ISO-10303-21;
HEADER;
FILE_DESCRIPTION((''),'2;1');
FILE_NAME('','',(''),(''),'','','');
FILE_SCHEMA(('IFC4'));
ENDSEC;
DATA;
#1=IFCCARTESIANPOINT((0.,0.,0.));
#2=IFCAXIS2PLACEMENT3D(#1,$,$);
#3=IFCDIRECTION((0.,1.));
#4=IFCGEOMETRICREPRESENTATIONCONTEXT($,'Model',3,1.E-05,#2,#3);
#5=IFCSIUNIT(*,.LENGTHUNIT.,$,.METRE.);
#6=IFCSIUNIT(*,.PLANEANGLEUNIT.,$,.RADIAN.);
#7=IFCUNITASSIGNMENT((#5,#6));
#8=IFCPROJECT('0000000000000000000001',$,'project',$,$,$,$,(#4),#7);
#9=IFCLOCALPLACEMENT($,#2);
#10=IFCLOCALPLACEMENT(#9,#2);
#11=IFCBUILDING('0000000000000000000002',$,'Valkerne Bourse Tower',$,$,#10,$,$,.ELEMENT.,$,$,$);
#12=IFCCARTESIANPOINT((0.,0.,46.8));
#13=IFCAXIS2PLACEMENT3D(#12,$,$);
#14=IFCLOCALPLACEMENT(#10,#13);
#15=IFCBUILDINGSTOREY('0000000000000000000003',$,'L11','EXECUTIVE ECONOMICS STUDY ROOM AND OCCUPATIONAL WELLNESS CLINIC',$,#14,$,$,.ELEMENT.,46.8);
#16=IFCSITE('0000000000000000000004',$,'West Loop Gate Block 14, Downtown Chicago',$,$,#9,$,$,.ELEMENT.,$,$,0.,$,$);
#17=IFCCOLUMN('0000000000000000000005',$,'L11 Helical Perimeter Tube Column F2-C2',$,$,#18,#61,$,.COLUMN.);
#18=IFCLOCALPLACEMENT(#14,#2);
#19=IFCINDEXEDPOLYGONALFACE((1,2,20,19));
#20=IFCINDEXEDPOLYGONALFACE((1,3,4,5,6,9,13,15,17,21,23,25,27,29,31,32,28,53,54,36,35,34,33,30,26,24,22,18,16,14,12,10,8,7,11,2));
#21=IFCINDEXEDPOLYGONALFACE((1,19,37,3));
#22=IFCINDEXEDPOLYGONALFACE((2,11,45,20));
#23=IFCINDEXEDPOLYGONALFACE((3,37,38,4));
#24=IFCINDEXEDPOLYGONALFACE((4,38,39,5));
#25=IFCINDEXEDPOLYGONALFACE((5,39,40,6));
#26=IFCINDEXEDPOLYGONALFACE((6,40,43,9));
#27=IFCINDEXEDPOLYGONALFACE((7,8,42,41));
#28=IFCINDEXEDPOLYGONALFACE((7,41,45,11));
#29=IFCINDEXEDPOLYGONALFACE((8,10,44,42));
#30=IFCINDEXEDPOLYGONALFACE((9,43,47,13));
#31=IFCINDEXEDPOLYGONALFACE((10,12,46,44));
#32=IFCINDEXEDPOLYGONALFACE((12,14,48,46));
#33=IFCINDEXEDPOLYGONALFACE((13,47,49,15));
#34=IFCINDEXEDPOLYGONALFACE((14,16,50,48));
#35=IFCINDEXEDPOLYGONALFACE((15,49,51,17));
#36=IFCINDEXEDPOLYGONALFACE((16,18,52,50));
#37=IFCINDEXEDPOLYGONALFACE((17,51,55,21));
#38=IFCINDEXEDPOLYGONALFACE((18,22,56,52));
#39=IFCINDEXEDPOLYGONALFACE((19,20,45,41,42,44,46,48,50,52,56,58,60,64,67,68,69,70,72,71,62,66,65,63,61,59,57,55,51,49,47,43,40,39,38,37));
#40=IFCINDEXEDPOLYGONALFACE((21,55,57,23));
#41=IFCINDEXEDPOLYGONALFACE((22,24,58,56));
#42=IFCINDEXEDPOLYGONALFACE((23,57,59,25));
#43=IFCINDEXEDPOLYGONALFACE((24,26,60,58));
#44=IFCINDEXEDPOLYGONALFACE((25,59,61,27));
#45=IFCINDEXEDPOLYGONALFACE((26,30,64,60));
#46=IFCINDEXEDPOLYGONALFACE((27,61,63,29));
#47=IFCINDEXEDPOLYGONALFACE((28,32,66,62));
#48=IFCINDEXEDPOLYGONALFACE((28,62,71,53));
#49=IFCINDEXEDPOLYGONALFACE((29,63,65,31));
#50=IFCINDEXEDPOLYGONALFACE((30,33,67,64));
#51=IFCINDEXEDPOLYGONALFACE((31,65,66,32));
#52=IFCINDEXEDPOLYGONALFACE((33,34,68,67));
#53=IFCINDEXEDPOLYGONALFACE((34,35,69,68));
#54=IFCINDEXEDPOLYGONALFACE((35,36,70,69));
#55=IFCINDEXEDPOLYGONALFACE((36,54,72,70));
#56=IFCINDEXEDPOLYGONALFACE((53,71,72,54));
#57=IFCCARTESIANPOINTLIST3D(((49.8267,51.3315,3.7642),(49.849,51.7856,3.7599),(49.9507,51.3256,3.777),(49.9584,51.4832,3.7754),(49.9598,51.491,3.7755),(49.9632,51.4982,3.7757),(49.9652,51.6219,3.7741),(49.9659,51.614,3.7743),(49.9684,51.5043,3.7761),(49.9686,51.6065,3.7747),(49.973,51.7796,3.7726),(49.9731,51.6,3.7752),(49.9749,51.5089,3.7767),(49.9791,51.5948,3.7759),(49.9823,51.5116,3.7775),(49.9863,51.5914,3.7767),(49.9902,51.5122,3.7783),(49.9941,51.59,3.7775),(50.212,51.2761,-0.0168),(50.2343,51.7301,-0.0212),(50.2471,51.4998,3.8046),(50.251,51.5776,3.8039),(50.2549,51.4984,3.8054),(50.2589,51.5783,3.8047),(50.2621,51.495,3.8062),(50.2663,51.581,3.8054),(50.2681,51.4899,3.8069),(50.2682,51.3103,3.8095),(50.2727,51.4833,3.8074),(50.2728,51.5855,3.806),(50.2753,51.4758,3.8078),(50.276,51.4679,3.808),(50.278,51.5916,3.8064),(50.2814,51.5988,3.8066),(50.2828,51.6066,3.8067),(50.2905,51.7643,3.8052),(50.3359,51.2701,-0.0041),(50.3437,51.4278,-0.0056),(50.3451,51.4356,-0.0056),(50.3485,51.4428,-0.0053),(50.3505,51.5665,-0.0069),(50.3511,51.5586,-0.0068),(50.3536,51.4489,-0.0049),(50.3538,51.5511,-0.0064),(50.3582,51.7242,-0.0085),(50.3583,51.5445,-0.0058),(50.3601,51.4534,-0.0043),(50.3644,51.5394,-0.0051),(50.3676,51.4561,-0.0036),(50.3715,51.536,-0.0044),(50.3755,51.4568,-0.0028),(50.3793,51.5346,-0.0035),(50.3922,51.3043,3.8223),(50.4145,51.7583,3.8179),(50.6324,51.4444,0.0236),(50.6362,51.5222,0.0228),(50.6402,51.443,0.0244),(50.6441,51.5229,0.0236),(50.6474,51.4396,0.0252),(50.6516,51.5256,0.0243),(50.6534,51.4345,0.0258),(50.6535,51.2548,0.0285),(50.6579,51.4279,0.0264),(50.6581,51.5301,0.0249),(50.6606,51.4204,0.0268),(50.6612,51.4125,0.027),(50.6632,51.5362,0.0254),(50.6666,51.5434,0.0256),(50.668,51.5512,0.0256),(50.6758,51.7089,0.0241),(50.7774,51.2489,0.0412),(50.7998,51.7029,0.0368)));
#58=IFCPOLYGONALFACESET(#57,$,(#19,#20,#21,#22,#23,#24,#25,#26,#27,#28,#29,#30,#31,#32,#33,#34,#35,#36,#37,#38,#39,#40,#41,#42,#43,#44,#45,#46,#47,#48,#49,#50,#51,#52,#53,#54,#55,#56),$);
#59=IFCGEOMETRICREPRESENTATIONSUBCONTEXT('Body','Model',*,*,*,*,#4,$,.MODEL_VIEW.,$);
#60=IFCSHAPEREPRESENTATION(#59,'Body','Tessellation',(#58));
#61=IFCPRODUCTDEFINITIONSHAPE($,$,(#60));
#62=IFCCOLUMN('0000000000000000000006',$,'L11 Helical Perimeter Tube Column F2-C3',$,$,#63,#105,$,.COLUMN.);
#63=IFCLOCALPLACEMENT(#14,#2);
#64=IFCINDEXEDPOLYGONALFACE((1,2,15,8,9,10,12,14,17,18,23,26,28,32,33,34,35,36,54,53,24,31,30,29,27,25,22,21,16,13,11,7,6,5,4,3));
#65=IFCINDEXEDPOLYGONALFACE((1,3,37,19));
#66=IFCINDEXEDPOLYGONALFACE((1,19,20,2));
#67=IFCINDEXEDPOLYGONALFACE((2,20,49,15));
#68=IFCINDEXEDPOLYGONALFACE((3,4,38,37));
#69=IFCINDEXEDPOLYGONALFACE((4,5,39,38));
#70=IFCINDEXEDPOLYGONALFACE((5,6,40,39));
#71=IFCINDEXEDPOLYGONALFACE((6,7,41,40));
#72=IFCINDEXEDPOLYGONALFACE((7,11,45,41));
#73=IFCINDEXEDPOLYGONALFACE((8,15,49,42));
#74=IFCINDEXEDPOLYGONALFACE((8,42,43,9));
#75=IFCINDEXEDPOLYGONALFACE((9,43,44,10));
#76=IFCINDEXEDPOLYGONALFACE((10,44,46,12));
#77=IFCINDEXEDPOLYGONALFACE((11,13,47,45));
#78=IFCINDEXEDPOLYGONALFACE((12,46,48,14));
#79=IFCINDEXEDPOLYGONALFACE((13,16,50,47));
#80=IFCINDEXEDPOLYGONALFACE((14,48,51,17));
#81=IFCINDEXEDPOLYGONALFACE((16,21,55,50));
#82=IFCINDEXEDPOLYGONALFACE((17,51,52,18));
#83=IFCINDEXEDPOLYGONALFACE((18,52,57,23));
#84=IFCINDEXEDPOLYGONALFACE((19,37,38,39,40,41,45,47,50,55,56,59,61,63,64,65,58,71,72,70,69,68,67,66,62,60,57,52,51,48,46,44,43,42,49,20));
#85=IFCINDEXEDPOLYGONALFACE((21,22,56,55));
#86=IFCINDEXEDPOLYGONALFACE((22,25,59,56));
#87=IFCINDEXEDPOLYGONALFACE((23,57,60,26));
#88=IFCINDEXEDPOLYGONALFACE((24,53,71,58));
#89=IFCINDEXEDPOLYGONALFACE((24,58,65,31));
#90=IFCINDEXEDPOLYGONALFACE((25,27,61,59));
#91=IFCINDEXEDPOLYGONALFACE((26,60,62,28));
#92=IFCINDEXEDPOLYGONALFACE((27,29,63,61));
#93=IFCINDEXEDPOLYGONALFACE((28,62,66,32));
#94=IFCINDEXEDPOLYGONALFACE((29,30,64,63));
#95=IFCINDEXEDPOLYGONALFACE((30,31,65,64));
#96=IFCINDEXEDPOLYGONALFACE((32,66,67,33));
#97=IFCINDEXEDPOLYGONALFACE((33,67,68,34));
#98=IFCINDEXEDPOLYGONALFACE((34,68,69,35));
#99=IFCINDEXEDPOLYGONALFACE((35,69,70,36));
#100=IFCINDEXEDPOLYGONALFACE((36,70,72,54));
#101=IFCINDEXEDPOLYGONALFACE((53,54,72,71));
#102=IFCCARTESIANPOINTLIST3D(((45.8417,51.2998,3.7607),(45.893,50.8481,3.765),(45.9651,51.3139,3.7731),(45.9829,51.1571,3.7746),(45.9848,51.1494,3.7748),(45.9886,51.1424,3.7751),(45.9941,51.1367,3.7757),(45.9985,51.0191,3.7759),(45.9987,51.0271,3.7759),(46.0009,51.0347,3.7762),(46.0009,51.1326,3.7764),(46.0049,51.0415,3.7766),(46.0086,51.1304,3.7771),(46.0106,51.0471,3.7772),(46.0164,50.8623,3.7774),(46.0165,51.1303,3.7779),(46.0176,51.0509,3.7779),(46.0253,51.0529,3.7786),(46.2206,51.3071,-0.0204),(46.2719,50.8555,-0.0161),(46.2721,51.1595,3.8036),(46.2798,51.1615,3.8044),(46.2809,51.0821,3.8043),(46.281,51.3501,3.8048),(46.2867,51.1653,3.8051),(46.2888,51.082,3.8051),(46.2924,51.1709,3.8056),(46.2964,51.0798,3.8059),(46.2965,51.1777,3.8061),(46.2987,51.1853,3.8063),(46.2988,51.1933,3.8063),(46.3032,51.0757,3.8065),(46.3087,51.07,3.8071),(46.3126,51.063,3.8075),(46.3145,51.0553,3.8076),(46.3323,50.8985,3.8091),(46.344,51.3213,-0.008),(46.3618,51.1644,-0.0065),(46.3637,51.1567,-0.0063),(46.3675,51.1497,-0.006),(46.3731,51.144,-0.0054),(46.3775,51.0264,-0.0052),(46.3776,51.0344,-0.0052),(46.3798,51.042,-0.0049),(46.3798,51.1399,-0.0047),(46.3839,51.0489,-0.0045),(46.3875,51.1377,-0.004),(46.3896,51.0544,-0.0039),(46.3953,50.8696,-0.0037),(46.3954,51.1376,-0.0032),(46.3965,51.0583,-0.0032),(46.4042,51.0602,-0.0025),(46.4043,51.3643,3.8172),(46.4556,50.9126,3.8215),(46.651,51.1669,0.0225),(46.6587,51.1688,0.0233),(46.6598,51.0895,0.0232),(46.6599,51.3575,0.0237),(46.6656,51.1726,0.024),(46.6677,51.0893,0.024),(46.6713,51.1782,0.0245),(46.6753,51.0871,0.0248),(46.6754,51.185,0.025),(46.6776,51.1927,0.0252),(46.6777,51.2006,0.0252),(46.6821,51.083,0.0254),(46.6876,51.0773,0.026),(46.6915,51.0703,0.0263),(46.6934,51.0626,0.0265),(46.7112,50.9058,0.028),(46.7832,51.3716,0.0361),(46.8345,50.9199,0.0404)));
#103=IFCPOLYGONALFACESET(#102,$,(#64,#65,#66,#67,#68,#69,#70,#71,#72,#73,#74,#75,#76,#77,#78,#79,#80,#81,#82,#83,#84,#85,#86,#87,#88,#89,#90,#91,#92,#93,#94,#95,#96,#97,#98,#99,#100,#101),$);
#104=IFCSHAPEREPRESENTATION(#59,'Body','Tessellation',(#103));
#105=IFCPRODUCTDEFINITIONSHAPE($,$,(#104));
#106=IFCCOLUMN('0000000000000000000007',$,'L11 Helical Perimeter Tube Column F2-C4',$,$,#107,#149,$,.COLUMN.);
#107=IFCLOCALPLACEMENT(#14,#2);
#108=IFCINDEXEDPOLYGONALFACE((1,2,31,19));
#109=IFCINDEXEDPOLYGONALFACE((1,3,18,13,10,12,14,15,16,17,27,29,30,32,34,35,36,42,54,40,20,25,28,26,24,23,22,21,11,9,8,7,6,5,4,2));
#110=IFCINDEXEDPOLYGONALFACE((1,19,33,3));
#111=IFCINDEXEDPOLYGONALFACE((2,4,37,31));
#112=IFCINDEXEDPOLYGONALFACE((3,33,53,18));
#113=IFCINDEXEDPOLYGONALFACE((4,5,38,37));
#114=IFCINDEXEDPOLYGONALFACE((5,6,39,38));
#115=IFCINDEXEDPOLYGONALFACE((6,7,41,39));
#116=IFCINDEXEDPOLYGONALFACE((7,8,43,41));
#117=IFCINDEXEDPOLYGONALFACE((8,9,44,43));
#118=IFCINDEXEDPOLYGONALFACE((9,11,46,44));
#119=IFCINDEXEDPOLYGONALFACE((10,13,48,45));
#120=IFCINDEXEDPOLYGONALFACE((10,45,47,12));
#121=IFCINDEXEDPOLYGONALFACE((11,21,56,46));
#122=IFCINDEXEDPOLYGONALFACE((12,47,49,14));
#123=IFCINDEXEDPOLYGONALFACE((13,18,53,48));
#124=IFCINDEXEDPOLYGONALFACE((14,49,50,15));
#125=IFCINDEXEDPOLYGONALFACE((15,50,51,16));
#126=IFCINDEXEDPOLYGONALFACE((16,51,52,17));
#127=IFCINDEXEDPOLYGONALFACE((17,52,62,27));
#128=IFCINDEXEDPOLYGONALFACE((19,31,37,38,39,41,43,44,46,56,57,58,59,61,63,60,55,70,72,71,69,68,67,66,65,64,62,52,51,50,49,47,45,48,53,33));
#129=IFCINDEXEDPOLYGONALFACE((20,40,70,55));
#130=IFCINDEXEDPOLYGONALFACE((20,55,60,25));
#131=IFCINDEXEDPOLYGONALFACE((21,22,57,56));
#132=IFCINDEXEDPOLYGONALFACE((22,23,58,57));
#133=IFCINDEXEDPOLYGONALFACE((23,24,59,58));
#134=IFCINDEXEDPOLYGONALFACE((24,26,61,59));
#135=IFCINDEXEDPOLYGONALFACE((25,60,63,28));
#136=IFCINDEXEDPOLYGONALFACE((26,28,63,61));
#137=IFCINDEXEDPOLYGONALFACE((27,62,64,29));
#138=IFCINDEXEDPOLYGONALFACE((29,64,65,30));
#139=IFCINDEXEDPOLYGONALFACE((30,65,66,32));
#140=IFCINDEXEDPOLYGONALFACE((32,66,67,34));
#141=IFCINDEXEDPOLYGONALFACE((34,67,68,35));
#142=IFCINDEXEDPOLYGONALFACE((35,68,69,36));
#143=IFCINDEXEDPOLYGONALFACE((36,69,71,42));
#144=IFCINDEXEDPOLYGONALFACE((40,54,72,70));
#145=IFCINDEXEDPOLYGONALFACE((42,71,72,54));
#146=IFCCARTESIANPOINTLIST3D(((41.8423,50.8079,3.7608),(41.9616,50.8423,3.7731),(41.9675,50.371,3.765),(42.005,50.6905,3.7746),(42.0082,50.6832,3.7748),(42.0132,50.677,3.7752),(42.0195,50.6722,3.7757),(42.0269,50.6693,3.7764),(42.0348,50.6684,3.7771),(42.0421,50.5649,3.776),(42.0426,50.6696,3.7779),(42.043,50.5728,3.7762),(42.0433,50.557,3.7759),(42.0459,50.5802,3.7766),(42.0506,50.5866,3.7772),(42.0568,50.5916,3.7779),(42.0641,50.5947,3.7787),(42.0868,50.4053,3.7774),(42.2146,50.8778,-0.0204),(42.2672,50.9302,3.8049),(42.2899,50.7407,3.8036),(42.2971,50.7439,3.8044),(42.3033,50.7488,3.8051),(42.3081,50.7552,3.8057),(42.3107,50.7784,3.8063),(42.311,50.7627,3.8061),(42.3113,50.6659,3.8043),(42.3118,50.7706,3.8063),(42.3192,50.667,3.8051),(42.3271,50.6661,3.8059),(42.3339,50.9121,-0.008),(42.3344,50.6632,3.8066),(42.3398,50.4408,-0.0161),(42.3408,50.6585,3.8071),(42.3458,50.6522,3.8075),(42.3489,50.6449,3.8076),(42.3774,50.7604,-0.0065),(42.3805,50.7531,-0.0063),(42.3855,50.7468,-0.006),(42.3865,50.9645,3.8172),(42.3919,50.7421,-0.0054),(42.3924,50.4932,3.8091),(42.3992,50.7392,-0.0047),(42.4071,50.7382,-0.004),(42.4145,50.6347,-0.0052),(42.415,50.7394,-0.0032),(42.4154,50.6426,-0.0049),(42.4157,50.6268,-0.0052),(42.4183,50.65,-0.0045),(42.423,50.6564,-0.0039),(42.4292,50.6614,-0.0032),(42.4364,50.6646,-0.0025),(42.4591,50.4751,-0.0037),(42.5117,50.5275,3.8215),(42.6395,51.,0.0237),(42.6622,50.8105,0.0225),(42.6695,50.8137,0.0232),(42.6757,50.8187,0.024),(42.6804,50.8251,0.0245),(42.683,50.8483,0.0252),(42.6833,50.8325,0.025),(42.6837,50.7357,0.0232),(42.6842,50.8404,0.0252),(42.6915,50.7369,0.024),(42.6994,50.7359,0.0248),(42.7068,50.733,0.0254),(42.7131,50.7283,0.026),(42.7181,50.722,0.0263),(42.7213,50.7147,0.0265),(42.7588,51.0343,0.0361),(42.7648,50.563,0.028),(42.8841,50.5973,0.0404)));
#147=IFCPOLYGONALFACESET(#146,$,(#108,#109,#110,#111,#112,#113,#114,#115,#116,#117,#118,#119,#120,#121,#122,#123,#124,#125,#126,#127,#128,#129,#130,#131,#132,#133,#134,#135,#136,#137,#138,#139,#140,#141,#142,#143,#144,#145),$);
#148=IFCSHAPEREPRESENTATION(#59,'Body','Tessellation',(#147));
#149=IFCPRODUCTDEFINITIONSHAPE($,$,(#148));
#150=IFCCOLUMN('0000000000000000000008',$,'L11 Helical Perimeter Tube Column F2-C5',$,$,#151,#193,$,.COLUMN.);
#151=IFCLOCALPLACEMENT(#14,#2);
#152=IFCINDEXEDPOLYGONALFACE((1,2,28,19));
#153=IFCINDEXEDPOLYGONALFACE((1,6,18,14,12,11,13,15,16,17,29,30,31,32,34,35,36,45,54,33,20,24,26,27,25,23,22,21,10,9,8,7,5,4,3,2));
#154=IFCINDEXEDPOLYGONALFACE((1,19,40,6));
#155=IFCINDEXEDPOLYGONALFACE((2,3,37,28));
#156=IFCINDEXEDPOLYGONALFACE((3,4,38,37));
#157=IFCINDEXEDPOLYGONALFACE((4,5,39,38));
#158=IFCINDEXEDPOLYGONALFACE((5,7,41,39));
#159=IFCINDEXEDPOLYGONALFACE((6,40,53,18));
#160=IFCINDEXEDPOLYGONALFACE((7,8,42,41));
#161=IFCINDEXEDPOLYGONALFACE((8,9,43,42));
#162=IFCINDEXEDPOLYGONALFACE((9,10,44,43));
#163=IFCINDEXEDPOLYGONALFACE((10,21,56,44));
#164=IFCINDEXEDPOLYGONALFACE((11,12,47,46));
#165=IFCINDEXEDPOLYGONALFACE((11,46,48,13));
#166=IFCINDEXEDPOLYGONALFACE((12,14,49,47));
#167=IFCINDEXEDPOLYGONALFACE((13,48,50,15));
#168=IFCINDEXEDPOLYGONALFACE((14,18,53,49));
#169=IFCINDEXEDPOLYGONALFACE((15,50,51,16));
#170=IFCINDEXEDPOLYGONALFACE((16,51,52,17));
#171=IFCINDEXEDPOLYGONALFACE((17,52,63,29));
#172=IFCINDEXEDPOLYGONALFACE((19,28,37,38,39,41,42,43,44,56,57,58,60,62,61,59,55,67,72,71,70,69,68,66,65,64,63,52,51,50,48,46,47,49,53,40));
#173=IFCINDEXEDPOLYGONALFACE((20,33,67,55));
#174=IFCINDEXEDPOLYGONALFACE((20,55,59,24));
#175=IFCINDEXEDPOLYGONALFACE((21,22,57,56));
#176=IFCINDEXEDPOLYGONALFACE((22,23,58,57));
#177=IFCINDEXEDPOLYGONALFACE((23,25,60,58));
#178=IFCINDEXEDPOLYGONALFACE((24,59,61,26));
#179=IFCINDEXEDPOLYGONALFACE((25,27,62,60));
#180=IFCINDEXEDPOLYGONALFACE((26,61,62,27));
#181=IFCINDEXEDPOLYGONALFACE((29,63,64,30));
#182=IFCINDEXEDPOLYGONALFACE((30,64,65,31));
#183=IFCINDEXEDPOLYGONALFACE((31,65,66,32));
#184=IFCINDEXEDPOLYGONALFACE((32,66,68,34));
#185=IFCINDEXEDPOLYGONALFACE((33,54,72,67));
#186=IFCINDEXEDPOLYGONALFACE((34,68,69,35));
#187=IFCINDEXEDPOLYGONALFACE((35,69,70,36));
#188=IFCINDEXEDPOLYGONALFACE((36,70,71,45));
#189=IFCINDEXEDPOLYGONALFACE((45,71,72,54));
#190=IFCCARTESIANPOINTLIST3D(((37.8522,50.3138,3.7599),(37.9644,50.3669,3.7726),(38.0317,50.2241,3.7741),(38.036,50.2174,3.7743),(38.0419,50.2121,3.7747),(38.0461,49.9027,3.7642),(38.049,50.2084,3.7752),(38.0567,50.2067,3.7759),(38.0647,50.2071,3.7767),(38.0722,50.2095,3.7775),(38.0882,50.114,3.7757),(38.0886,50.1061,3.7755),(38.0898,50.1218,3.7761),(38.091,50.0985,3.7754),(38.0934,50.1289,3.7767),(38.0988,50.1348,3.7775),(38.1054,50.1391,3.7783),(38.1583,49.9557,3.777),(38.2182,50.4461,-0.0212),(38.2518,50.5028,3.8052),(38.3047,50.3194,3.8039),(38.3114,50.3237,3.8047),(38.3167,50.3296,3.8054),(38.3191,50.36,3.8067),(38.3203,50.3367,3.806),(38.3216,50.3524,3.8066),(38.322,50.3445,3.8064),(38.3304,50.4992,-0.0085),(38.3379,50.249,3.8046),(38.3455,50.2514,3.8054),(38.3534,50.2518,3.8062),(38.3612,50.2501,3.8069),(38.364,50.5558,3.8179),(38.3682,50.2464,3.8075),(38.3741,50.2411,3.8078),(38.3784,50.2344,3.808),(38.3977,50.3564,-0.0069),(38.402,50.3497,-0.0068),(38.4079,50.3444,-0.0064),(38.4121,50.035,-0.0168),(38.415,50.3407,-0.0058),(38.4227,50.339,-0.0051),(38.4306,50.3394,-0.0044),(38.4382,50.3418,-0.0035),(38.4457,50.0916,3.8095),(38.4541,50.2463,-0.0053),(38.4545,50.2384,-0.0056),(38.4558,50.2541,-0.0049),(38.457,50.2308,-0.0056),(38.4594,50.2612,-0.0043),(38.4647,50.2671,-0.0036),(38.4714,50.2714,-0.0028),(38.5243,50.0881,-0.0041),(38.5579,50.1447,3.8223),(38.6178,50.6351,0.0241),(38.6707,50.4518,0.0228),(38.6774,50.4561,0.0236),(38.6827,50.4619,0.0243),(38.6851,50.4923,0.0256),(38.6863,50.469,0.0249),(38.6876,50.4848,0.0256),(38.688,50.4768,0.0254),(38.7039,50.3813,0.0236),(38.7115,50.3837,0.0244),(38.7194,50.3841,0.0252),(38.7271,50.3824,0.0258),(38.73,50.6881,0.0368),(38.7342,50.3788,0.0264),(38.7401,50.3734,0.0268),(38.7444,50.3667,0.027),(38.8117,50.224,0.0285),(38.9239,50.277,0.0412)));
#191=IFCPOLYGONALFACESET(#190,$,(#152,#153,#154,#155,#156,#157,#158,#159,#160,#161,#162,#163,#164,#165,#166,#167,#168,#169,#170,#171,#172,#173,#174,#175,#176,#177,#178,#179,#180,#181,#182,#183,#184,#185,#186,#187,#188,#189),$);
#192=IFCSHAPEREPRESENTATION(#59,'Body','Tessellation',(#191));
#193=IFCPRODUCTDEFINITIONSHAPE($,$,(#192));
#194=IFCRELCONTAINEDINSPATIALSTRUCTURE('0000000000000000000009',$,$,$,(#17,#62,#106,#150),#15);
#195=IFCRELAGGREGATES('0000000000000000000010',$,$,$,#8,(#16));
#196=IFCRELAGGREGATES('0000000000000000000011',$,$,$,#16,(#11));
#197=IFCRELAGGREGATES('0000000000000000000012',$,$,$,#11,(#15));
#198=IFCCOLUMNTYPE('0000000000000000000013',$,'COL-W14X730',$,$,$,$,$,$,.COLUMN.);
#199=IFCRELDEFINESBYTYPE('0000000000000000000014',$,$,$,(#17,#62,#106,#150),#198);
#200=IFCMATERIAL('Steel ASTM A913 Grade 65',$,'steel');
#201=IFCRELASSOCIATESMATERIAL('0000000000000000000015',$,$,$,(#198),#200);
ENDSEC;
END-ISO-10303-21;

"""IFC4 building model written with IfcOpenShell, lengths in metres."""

from ifc_helpers import new_model, si_unit, direction, frame, origin, origin_2d, place, context, subcontext, project, spatial, i_section, extrude, material, material_profile, profile_set, type_object, element, save


model = new_model("IFC4")

# Units and contexts
model_context = context("Model", 3, precision=1e-05, world=origin(), true_north=direction((0.0, 1.0)))
body_context = subcontext(model_context, "Body", "Model", "MODEL_VIEW")
ifc_project = project(units=[si_unit("LENGTHUNIT", "METRE"), si_unit("PLANEANGLEUNIT", "RADIAN")], contexts=[model_context])

# Site, building, storey
site_placement = place(None, origin())
site = spatial("IfcSite", under=ifc_project, at=site_placement, Name="West Loop Gate Block 14, Downtown Chicago", CompositionType="ELEMENT", RefElevation=0.0)
building_placement = place(site_placement, origin())
building = spatial("IfcBuilding", under=site, at=building_placement, Name="Valkerne Bourse Tower", CompositionType="ELEMENT")
storey_placement = place(building_placement, frame((0.0, 0.0, 46.8)))
storey = spatial("IfcBuildingStorey", under=building, at=storey_placement, Name="L11", Description="EXECUTIVE ECONOMICS STUDY ROOM AND OCCUPATIONAL WELLNESS CLINIC", CompositionType="ELEMENT", Elevation=46.8)

# Columns
ifc_material_1 = material(Name="Steel ASTM A913 Grade 65", Category="steel")
ifc_material_profile_1 = material_profile(ifc_material_1, i_section(OverallWidth=0.4546, OverallDepth=0.5691, WebThickness=0.0779, FlangeThickness=0.1248, FilletRadius=0.0305, at=origin_2d()), Name="W14X730")
ifc_profile_set_1 = profile_set([ifc_material_profile_1], Name="Steel ASTM A913 Grade 65")
column_type = type_object("IfcColumnType", Name="COL-W14X730", PredefinedType="COLUMN", material=ifc_profile_set_1)
column_1_placement = place(storey_placement, frame((50.5059, 51.4895, 0.01), z_axis=(-0.101356, 0.01458, 0.994743), x_axis=(0.049096, 0.998748, -0.009637)))
element("IfcColumn", 1, at=column_1_placement, inside=storey, type_object=column_type, Name="L11 Helical Perimeter Tube Column F2-C2", PredefinedType="COLUMN", context=body_context, shape_type="SweptSolid", body=[
    extrude(i_section(OverallWidth=0.4546, OverallDepth=0.5691, WebThickness=0.0779, FlangeThickness=0.1248, FilletRadius=0.0305, at=origin_2d()), origin(), (0.0, 0.0, 1.0), 3.801),
])
for number, where, z_axis, x_axis, name in (
    (2, (46.5276, 51.1135, 0.01), (-0.099713, -0.001927, 0.995014), (-0.112862, 0.993566, -0.009386), "L11 Helical Perimeter Tube Column F2-C3"),
    (3, (42.5493, 50.7375, 0.01), (-0.097979, -0.018375, 0.995019), (-0.275544, 0.961243, -0.009381), "L11 Helical Perimeter Tube Column F2-C4"),
):
    element("IfcColumn", number, at=place(storey_placement, frame(where, z_axis=z_axis, x_axis=x_axis)), inside=storey, type_object=column_type, Name=name, PredefinedType="COLUMN", context=body_context, shape_type="SweptSolid", body=[
        extrude(i_section(OverallWidth=0.4546, OverallDepth=0.5691, WebThickness=0.0779, FlangeThickness=0.1248, FilletRadius=0.0305, at=origin_2d()), origin(), (0.0, 0.0, 1.0), 3.8),
    ])
column_2_placement = place(storey_placement, frame((38.571, 50.3616, 0.01), z_axis=(-0.096282, -0.034813, 0.994745), x_axis=(-0.426557, 0.90441, -0.009635)))
element("IfcColumn", 4, at=column_2_placement, inside=storey, type_object=column_type, Name="L11 Helical Perimeter Tube Column F2-C5", PredefinedType="COLUMN", context=body_context, shape_type="SweptSolid", body=[
    extrude(i_section(OverallWidth=0.4546, OverallDepth=0.5691, WebThickness=0.0779, FlangeThickness=0.1248, FilletRadius=0.0305, at=origin_2d()), origin(), (0.0, 0.0, 1.0), 3.801),
])

save(model, "model.ifc")
